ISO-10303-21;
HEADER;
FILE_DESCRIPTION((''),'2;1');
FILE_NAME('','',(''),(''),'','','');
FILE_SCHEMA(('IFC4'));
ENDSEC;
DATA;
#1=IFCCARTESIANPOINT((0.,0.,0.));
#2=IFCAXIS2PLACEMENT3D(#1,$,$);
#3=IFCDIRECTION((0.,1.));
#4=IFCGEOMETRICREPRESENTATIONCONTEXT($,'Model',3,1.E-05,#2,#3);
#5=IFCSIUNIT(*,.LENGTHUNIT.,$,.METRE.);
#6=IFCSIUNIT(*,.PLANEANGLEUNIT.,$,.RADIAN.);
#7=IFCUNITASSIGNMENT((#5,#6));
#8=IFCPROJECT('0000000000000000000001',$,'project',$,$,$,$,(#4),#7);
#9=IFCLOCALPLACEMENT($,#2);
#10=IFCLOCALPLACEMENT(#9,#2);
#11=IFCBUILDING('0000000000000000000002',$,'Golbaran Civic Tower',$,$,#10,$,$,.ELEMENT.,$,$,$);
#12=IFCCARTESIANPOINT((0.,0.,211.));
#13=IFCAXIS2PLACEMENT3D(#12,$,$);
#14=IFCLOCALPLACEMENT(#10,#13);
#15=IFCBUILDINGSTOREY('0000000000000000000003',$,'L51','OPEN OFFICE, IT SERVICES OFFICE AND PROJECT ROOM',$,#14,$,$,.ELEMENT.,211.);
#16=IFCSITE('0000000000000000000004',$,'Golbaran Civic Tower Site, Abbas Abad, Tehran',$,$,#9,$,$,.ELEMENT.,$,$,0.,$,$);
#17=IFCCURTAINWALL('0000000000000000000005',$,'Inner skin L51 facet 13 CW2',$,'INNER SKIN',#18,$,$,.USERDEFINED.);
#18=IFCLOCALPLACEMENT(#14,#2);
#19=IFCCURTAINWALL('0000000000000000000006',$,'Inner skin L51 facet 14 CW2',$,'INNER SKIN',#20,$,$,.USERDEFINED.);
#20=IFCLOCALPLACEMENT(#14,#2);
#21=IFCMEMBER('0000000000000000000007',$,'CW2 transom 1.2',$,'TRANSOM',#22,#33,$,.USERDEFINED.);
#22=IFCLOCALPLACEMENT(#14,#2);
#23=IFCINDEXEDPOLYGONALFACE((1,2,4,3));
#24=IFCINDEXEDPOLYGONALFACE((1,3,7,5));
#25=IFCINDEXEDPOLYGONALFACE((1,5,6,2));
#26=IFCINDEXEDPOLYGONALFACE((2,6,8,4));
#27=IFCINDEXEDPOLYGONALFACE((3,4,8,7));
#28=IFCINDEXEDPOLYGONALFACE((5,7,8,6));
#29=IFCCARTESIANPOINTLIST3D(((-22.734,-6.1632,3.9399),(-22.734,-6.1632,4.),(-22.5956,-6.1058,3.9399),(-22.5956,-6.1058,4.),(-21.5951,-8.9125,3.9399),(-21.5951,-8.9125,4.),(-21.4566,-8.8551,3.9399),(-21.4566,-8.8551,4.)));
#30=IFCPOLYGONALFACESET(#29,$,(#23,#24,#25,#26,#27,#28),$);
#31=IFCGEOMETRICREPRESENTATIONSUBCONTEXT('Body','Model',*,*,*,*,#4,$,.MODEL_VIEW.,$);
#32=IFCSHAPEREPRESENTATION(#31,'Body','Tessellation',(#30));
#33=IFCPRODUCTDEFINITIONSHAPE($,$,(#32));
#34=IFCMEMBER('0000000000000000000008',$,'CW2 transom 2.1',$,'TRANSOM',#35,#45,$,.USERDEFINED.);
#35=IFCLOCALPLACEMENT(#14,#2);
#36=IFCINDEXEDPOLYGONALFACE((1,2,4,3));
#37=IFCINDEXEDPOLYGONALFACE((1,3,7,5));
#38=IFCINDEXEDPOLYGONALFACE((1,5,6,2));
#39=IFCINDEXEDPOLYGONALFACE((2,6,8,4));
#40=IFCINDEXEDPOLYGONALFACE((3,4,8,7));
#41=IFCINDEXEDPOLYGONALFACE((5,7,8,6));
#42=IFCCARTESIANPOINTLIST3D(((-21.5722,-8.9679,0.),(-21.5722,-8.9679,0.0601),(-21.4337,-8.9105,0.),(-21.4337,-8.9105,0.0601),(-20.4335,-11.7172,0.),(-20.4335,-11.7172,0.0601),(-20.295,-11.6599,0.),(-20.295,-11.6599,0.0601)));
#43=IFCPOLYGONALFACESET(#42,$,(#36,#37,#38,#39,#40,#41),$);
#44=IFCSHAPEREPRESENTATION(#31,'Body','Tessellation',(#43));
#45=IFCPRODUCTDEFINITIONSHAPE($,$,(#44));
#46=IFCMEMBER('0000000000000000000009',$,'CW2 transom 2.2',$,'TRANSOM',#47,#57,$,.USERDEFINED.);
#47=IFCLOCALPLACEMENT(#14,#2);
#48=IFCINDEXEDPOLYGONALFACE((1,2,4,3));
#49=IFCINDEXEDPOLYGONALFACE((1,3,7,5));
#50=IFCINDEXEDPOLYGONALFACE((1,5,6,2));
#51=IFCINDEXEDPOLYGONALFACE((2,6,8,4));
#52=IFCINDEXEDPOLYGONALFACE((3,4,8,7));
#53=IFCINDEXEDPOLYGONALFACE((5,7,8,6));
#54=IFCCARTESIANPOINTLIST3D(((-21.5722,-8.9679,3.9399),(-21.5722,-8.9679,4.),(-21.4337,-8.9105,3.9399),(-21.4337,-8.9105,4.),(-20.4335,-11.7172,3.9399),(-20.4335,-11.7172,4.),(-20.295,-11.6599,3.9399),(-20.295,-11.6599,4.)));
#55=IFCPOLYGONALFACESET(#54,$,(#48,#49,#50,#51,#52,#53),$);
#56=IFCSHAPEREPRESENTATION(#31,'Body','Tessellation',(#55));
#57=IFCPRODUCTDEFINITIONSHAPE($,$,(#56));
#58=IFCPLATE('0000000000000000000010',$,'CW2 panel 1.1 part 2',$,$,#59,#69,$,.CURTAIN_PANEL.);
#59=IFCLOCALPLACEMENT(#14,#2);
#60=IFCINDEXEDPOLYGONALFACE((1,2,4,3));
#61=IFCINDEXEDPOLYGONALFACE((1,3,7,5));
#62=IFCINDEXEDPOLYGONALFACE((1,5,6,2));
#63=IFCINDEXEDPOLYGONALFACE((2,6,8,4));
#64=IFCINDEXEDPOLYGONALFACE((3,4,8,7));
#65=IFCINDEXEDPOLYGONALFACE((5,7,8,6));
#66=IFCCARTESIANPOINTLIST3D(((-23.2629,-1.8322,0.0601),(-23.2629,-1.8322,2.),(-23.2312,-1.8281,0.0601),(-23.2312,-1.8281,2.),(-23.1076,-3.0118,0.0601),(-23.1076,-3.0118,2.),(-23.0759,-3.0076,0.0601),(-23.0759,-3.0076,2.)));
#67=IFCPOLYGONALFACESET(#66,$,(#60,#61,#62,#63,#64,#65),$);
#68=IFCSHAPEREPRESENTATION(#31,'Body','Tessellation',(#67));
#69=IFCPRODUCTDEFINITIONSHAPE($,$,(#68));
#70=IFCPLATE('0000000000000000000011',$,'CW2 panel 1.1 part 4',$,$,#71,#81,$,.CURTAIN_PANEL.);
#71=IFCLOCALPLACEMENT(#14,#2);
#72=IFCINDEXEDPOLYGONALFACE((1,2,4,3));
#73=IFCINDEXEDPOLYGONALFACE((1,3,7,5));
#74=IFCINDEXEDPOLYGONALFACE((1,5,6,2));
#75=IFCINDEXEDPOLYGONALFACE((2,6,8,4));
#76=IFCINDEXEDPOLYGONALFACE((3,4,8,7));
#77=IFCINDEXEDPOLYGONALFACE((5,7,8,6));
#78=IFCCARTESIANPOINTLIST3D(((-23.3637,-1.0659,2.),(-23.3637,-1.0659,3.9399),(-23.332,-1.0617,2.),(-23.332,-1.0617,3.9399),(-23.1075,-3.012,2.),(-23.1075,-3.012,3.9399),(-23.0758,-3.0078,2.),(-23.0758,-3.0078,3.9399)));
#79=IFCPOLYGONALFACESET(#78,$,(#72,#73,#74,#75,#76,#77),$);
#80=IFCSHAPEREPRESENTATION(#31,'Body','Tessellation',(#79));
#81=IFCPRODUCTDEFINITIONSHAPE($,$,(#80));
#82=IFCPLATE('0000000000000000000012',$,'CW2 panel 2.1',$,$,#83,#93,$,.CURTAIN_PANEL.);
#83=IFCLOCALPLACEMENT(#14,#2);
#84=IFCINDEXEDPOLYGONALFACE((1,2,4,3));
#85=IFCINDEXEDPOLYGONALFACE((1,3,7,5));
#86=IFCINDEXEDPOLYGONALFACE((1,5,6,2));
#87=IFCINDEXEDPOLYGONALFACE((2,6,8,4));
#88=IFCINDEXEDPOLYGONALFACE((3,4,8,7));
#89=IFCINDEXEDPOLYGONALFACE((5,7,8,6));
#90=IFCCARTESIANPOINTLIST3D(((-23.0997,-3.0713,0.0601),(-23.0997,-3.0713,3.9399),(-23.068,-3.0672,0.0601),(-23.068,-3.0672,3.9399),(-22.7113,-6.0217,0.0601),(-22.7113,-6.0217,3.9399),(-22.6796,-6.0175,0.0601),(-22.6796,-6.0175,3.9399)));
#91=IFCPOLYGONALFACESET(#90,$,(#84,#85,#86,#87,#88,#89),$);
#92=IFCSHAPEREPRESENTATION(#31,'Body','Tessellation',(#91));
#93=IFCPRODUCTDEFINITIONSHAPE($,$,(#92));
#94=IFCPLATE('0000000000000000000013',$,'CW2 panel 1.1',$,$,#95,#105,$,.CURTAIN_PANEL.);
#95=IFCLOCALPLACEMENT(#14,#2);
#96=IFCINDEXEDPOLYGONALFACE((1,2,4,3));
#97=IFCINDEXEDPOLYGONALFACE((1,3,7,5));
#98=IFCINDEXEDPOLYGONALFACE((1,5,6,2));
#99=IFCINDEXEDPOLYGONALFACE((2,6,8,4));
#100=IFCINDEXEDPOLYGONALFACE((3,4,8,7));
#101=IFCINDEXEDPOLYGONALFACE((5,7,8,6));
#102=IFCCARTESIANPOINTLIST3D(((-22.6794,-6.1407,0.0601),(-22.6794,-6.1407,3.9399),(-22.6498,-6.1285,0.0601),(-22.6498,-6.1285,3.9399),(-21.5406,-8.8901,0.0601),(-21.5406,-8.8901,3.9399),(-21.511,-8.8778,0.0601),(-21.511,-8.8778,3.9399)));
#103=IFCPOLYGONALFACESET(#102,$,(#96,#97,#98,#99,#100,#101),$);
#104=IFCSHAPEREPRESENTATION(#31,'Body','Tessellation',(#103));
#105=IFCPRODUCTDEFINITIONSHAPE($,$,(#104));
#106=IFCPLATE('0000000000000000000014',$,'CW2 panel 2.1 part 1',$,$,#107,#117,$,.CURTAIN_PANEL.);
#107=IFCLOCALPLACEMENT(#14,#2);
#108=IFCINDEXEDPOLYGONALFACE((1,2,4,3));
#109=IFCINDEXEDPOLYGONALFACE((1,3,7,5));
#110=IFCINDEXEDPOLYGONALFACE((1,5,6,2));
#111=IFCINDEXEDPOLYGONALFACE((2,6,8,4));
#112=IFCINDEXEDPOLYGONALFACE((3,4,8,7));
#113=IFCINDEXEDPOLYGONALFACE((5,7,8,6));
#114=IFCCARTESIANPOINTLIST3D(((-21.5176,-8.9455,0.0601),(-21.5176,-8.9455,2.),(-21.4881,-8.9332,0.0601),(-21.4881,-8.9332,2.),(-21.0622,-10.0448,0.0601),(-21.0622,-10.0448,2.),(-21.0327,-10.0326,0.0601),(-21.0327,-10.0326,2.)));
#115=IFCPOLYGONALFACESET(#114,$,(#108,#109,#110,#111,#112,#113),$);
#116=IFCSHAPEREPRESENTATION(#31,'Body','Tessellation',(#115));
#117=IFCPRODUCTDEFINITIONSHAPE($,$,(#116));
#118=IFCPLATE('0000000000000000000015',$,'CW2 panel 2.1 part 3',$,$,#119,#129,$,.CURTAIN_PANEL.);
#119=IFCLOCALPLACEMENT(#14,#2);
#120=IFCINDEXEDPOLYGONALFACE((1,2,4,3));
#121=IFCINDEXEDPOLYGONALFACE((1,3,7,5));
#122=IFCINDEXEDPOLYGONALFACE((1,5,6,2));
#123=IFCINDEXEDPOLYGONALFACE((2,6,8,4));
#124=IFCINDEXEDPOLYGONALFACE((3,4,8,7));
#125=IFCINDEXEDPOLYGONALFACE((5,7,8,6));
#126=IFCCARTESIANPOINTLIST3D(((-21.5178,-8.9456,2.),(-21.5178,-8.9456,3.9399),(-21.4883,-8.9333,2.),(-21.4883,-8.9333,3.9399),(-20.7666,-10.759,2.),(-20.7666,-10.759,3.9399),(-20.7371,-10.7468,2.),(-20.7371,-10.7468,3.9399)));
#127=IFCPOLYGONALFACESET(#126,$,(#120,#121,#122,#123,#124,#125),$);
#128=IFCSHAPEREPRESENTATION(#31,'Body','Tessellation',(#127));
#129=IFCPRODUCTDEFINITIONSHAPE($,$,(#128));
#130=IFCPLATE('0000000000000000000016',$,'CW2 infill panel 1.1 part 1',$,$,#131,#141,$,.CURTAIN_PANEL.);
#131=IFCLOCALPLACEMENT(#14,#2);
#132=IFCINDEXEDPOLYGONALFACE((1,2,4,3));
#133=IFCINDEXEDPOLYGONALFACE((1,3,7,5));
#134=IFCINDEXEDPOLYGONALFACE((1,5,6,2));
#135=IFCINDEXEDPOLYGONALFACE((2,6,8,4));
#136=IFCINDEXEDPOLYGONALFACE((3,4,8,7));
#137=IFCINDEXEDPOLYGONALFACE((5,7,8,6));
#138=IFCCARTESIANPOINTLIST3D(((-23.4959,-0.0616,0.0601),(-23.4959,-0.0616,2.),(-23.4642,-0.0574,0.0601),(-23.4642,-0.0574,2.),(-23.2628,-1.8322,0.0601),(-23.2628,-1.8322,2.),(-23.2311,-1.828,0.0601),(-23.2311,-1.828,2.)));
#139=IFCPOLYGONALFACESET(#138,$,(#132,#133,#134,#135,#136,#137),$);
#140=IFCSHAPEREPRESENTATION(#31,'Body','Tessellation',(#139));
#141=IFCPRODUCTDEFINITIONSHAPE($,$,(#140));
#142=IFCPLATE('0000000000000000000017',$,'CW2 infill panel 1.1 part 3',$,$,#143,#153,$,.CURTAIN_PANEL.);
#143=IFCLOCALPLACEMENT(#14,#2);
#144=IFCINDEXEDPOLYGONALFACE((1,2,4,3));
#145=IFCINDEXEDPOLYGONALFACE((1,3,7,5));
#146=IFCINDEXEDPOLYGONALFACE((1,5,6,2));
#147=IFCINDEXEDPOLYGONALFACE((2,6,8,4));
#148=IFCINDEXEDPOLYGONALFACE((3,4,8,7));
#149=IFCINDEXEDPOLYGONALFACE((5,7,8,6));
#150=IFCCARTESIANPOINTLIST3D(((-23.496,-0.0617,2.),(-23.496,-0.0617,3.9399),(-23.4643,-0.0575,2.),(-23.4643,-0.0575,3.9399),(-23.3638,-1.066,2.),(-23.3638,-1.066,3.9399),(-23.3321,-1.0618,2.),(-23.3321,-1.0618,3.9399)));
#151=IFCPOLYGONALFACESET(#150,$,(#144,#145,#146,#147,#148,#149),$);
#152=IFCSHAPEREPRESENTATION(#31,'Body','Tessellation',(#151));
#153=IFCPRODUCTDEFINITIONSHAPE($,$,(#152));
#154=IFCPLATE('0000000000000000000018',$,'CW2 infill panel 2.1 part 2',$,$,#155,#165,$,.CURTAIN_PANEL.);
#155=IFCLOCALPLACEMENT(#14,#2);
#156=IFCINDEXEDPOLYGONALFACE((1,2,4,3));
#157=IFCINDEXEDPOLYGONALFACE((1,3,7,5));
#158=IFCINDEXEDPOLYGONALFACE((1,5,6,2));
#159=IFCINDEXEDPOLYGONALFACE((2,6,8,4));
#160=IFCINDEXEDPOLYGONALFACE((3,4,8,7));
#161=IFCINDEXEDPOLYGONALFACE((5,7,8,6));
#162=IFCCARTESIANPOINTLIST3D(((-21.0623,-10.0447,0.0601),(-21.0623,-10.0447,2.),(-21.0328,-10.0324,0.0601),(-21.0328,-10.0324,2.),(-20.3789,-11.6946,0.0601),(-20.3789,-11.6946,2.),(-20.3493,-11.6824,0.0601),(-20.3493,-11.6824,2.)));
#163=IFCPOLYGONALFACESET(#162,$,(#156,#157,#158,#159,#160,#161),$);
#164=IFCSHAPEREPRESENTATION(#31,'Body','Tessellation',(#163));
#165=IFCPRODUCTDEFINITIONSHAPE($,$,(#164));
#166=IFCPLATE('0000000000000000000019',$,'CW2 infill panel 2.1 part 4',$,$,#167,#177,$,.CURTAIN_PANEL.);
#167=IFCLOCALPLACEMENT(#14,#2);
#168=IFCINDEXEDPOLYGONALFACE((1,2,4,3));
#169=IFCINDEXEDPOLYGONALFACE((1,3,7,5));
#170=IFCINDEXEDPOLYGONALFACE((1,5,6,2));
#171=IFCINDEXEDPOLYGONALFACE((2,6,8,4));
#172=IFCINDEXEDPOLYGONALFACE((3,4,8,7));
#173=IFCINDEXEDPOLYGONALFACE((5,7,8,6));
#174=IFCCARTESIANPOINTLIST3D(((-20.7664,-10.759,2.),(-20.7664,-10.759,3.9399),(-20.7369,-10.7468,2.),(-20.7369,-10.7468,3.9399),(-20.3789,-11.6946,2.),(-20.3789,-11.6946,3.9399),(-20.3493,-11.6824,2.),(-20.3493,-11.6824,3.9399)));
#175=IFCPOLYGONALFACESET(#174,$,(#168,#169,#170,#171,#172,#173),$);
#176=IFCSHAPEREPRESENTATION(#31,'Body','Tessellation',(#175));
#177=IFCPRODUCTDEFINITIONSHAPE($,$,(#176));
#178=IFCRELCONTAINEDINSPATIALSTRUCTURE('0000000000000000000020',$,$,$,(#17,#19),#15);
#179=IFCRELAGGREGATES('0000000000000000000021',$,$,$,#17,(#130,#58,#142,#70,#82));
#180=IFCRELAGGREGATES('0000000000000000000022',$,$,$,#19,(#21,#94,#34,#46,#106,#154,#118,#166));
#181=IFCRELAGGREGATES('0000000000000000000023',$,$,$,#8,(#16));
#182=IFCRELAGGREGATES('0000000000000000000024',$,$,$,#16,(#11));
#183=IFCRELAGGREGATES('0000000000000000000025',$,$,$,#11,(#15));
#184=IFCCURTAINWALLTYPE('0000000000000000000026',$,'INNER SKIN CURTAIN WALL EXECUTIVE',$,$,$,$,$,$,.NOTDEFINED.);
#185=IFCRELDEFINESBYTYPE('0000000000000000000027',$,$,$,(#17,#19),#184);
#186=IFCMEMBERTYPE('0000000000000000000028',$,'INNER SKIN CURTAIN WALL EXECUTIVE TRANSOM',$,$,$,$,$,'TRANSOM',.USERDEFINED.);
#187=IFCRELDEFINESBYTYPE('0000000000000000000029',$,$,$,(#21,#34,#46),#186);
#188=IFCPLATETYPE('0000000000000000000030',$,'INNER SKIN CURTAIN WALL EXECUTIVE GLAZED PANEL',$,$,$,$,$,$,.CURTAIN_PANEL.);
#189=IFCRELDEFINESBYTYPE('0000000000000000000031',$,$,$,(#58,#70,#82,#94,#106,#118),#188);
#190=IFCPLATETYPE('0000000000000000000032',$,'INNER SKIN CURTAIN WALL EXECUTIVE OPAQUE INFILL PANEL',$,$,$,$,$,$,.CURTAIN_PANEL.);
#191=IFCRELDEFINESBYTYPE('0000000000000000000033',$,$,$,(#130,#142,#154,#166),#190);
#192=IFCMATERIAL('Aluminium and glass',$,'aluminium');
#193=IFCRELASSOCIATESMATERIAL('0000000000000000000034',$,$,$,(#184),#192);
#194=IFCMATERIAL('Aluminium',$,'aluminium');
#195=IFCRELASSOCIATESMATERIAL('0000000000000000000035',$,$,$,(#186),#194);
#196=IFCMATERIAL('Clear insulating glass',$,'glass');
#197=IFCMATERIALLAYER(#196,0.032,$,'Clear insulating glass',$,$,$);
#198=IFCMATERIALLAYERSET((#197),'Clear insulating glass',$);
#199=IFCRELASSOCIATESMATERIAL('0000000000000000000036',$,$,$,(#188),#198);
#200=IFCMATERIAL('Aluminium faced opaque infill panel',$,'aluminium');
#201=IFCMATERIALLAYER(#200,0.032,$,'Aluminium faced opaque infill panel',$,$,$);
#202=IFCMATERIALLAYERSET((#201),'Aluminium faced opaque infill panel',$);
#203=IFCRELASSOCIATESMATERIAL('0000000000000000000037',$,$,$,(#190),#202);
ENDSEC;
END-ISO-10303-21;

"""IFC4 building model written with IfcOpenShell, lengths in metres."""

from ifc_helpers import new_model, si_unit, direction, frame, origin, origin_2d, place, context, subcontext, project, spatial, rectangle, extrude, material, layer, layer_set, material_profile, profile_set, type_object, element, aggregate, save


model = new_model("IFC4")

# Units and contexts
model_context = context("Model", 3, precision=1e-05, world=origin(), true_north=direction((0.0, 1.0)))
body_context = subcontext(model_context, "Body", "Model", "MODEL_VIEW")
ifc_project = project(units=[si_unit("LENGTHUNIT", "METRE"), si_unit("PLANEANGLEUNIT", "RADIAN")], contexts=[model_context])

# Site, building, storey
site_placement = place(None, origin())
site = spatial("IfcSite", under=ifc_project, at=site_placement, Name="Golbaran Civic Tower Site, Abbas Abad, Tehran", CompositionType="ELEMENT", RefElevation=0.0)
building_placement = place(site_placement, origin())
building = spatial("IfcBuilding", under=site, at=building_placement, Name="Golbaran Civic Tower", CompositionType="ELEMENT")
storey_placement = place(building_placement, frame((0.0, 0.0, 211.0)))
storey = spatial("IfcBuildingStorey", under=building, at=storey_placement, Name="L51", Description="OPEN OFFICE, IT SERVICES OFFICE AND PROJECT ROOM", CompositionType="ELEMENT", Elevation=211.0)

# Curtain walls
ifc_material_1 = material(Name="Aluminium and glass", Category="aluminium")
curtain_wall_type = type_object("IfcCurtainWallType", Name="INNER SKIN CURTAIN WALL EXECUTIVE", PredefinedType="NOTDEFINED", material=ifc_material_1)
curtain_wall_1_placement = place(storey_placement, origin())
curtain_wall_1 = element("IfcCurtainWall", 1, at=curtain_wall_1_placement, inside=storey, type_object=curtain_wall_type, Name="Inner skin L51 facet 13 CW2", ObjectType="INNER SKIN", PredefinedType="USERDEFINED")
ifc_material_2 = material(Name="Aluminium", Category="aluminium")
curtain_wall_2_placement = place(storey_placement, origin())
curtain_wall_2 = element("IfcCurtainWall", 2, at=curtain_wall_2_placement, inside=storey, type_object=curtain_wall_type, Name="Inner skin L51 facet 14 CW2", ObjectType="INNER SKIN", PredefinedType="USERDEFINED")

# Members
ifc_material_profile_1 = material_profile(ifc_material_2, rectangle(XDim=0.1499, YDim=0.0601, at=origin_2d()), Name="INNER SKIN CURTAIN WALL EXECUTIVE TRANSOM")
ifc_profile_set_1 = profile_set([ifc_material_profile_1], Name="Aluminium")
member_type_1 = type_object("IfcMemberType", Name="INNER SKIN CURTAIN WALL EXECUTIVE TRANSOM", ElementType="TRANSOM", PredefinedType="USERDEFINED", material=ifc_profile_set_1)
member_1_placement = place(storey_placement, frame((-22.6648, -6.1345, 3.97), z_axis=(0.382721, -0.923864, 0.0), x_axis=(0.923864, 0.382721, 0.0)))
member_1 = element("IfcMember", 3, at=member_1_placement, type_object=member_type_1, Name="CW2 transom 1.2", ObjectType="TRANSOM", PredefinedType="USERDEFINED", context=body_context, shape_type="SweptSolid", body=[
    extrude(rectangle(XDim=0.1499, YDim=0.0601, at=origin_2d()), origin(), (0.0, 0.0, 1.0), 2.9758),
])
member_2_placement = place(storey_placement, frame((-21.5029, -8.9392, 0.03), z_axis=(0.382651, -0.923893, 0.0), x_axis=(0.923893, 0.382651, 0.0)))
member_2 = element("IfcMember", 4, at=member_2_placement, type_object=member_type_1, Name="CW2 transom 2.1", ObjectType="TRANSOM", PredefinedType="USERDEFINED", context=body_context, shape_type="SweptSolid", body=[
    extrude(rectangle(XDim=0.1499, YDim=0.0601, at=origin_2d()), origin(), (0.0, 0.0, 1.0), 2.9758),
])
member_3_placement = place(storey_placement, frame((-21.5029, -8.9392, 3.97), z_axis=(0.382651, -0.923893, 0.0), x_axis=(0.923893, 0.382651, 0.0)))
member_3 = element("IfcMember", 5, at=member_3_placement, type_object=member_type_1, Name="CW2 transom 2.2", ObjectType="TRANSOM", PredefinedType="USERDEFINED", context=body_context, shape_type="SweptSolid", body=[
    extrude(rectangle(XDim=0.1499, YDim=0.0601, at=origin_2d()), origin(), (0.0, 0.0, 1.0), 2.9758),
])

# Plates
ifc_material_3 = material(Name="Clear insulating glass", Category="glass")
ifc_layer_1 = layer(ifc_material_3, 0.032, Name="Clear insulating glass")
ifc_layer_set_1 = layer_set([ifc_layer_1], Name="Clear insulating glass")
plate_type_1 = type_object("IfcPlateType", Name="INNER SKIN CURTAIN WALL EXECUTIVE GLAZED PANEL", PredefinedType="CURTAIN_PANEL", material=ifc_layer_set_1)
plate_1_placement = place(storey_placement, frame((-23.1694, -2.4199, 0.0601), z_axis=(0.0, 0.0, 1.0), x_axis=(0.130526, -0.991445, 0.0)))
plate_1 = element("IfcPlate", 6, at=plate_1_placement, type_object=plate_type_1, Name="CW2 panel 1.1 part 2", PredefinedType="CURTAIN_PANEL", context=body_context, shape_type="SweptSolid", body=[
    extrude(rectangle(XDim=1.1897, YDim=0.032, at=origin_2d()), origin(), (0.0, 0.0, 1.0), 1.9399),
])
plate_2_placement = place(storey_placement, frame((-23.2197, -2.0369, 2.0), z_axis=(0.0, 0.0, 1.0), x_axis=(0.130526, -0.991445, 0.0)))
plate_2 = element("IfcPlate", 7, at=plate_2_placement, type_object=plate_type_1, Name="CW2 panel 1.1 part 4", PredefinedType="CURTAIN_PANEL", context=body_context, shape_type="SweptSolid", body=[
    extrude(rectangle(XDim=1.9629, YDim=0.032, at=origin_2d()), origin(), (0.0, 0.0, 1.0), 1.9399),
])
plate_3_placement = place(storey_placement, frame((-22.8896, -4.5444, 0.0601), z_axis=(0.0, 0.0, 1.0), x_axis=(0.130526, -0.991445, 0.0)))
plate_3 = element("IfcPlate", 8, at=plate_3_placement, type_object=plate_type_1, Name="CW2 panel 2.1", PredefinedType="CURTAIN_PANEL", context=body_context, shape_type="SweptSolid", body=[
    extrude(rectangle(XDim=2.9758, YDim=0.032, at=origin_2d()), origin(), (0.0, 0.0, 1.0), 3.8799),
])
plate_4_placement = place(storey_placement, frame((-22.0952, -7.5093, 0.0601), z_axis=(0.0, 0.0, 1.0), x_axis=(0.382683, -0.92388, 0.0)))
plate_4 = element("IfcPlate", 9, at=plate_4_placement, type_object=plate_type_1, Name="CW2 panel 1.1", PredefinedType="CURTAIN_PANEL", context=body_context, shape_type="SweptSolid", body=[
    extrude(rectangle(XDim=2.9758, YDim=0.032, at=origin_2d()), origin(), (0.0, 0.0, 1.0), 3.8799),
])
plate_5_placement = place(storey_placement, frame((-21.2751, -9.489, 0.0601), z_axis=(0.0, 0.0, 1.0), x_axis=(0.382683, -0.92388, 0.0)))
plate_5 = element("IfcPlate", 10, at=plate_5_placement, type_object=plate_type_1, Name="CW2 panel 2.1 part 1", PredefinedType="CURTAIN_PANEL", context=body_context, shape_type="SweptSolid", body=[
    extrude(rectangle(XDim=1.1899, YDim=0.032, at=origin_2d()), origin(), (0.0, 0.0, 1.0), 1.9399),
])
plate_6_placement = place(storey_placement, frame((-21.1274, -9.8462, 2.0), z_axis=(0.0, 0.0, 1.0), x_axis=(0.382683, -0.92388, 0.0)))
plate_6 = element("IfcPlate", 11, at=plate_6_placement, type_object=plate_type_1, Name="CW2 panel 2.1 part 3", PredefinedType="CURTAIN_PANEL", context=body_context, shape_type="SweptSolid", body=[
    extrude(rectangle(XDim=1.9629, YDim=0.032, at=origin_2d()), origin(), (0.0, 0.0, 1.0), 1.9399),
])
ifc_material_4 = material(Name="Aluminium faced opaque infill panel", Category="aluminium")
ifc_layer_2 = layer(ifc_material_4, 0.032, Name="Aluminium faced opaque infill panel")
ifc_layer_set_2 = layer_set([ifc_layer_2], Name="Aluminium faced opaque infill panel")
plate_type_2 = type_object("IfcPlateType", Name="INNER SKIN CURTAIN WALL EXECUTIVE OPAQUE INFILL PANEL", PredefinedType="CURTAIN_PANEL", material=ifc_layer_set_2)
plate_7_placement = place(storey_placement, frame((-23.3635, -0.9448, 0.0601), z_axis=(0.0, 0.0, 1.0), x_axis=(0.130526, -0.991445, 0.0)))
plate_7 = element("IfcPlate", 12, at=plate_7_placement, type_object=plate_type_2, Name="CW2 infill panel 1.1 part 1", PredefinedType="CURTAIN_PANEL", context=body_context, shape_type="SweptSolid", body=[
    extrude(rectangle(XDim=1.7859, YDim=0.032, at=origin_2d()), origin(), (0.0, 0.0, 1.0), 1.9399),
])
plate_8_placement = place(storey_placement, frame((-23.4141, -0.5618, 2.0), z_axis=(0.0, 0.0, 1.0), x_axis=(0.130526, -0.991445, 0.0)))
plate_8 = element("IfcPlate", 13, at=plate_8_placement, type_object=plate_type_2, Name="CW2 infill panel 1.1 part 3", PredefinedType="CURTAIN_PANEL", context=body_context, shape_type="SweptSolid", body=[
    extrude(rectangle(XDim=1.0129, YDim=0.032, at=origin_2d()), origin(), (0.0, 0.0, 1.0), 1.9399),
])
aggregate(curtain_wall_1, [plate_7, plate_1, plate_8, plate_2, plate_3])
plate_9_placement = place(storey_placement, frame((-20.7058, -10.8635, 0.0601), z_axis=(0.0, 0.0, 1.0), x_axis=(0.382683, -0.92388, 0.0)))
plate_9 = element("IfcPlate", 14, at=plate_9_placement, type_object=plate_type_2, Name="CW2 infill panel 2.1 part 2", PredefinedType="CURTAIN_PANEL", context=body_context, shape_type="SweptSolid", body=[
    extrude(rectangle(XDim=1.7859, YDim=0.032, at=origin_2d()), origin(), (0.0, 0.0, 1.0), 1.9399),
])
plate_10_placement = place(storey_placement, frame((-20.5579, -11.2207, 2.0), z_axis=(0.0, 0.0, 1.0), x_axis=(0.382683, -0.92388, 0.0)))
plate_10 = element("IfcPlate", 15, at=plate_10_placement, type_object=plate_type_2, Name="CW2 infill panel 2.1 part 4", PredefinedType="CURTAIN_PANEL", context=body_context, shape_type="SweptSolid", body=[
    extrude(rectangle(XDim=1.0127, YDim=0.032, at=origin_2d()), origin(), (0.0, 0.0, 1.0), 1.9399),
])
aggregate(curtain_wall_2, [member_1, plate_4, member_2, member_3, plate_5, plate_9, plate_6, plate_10])

save(model, "model.ifc")
